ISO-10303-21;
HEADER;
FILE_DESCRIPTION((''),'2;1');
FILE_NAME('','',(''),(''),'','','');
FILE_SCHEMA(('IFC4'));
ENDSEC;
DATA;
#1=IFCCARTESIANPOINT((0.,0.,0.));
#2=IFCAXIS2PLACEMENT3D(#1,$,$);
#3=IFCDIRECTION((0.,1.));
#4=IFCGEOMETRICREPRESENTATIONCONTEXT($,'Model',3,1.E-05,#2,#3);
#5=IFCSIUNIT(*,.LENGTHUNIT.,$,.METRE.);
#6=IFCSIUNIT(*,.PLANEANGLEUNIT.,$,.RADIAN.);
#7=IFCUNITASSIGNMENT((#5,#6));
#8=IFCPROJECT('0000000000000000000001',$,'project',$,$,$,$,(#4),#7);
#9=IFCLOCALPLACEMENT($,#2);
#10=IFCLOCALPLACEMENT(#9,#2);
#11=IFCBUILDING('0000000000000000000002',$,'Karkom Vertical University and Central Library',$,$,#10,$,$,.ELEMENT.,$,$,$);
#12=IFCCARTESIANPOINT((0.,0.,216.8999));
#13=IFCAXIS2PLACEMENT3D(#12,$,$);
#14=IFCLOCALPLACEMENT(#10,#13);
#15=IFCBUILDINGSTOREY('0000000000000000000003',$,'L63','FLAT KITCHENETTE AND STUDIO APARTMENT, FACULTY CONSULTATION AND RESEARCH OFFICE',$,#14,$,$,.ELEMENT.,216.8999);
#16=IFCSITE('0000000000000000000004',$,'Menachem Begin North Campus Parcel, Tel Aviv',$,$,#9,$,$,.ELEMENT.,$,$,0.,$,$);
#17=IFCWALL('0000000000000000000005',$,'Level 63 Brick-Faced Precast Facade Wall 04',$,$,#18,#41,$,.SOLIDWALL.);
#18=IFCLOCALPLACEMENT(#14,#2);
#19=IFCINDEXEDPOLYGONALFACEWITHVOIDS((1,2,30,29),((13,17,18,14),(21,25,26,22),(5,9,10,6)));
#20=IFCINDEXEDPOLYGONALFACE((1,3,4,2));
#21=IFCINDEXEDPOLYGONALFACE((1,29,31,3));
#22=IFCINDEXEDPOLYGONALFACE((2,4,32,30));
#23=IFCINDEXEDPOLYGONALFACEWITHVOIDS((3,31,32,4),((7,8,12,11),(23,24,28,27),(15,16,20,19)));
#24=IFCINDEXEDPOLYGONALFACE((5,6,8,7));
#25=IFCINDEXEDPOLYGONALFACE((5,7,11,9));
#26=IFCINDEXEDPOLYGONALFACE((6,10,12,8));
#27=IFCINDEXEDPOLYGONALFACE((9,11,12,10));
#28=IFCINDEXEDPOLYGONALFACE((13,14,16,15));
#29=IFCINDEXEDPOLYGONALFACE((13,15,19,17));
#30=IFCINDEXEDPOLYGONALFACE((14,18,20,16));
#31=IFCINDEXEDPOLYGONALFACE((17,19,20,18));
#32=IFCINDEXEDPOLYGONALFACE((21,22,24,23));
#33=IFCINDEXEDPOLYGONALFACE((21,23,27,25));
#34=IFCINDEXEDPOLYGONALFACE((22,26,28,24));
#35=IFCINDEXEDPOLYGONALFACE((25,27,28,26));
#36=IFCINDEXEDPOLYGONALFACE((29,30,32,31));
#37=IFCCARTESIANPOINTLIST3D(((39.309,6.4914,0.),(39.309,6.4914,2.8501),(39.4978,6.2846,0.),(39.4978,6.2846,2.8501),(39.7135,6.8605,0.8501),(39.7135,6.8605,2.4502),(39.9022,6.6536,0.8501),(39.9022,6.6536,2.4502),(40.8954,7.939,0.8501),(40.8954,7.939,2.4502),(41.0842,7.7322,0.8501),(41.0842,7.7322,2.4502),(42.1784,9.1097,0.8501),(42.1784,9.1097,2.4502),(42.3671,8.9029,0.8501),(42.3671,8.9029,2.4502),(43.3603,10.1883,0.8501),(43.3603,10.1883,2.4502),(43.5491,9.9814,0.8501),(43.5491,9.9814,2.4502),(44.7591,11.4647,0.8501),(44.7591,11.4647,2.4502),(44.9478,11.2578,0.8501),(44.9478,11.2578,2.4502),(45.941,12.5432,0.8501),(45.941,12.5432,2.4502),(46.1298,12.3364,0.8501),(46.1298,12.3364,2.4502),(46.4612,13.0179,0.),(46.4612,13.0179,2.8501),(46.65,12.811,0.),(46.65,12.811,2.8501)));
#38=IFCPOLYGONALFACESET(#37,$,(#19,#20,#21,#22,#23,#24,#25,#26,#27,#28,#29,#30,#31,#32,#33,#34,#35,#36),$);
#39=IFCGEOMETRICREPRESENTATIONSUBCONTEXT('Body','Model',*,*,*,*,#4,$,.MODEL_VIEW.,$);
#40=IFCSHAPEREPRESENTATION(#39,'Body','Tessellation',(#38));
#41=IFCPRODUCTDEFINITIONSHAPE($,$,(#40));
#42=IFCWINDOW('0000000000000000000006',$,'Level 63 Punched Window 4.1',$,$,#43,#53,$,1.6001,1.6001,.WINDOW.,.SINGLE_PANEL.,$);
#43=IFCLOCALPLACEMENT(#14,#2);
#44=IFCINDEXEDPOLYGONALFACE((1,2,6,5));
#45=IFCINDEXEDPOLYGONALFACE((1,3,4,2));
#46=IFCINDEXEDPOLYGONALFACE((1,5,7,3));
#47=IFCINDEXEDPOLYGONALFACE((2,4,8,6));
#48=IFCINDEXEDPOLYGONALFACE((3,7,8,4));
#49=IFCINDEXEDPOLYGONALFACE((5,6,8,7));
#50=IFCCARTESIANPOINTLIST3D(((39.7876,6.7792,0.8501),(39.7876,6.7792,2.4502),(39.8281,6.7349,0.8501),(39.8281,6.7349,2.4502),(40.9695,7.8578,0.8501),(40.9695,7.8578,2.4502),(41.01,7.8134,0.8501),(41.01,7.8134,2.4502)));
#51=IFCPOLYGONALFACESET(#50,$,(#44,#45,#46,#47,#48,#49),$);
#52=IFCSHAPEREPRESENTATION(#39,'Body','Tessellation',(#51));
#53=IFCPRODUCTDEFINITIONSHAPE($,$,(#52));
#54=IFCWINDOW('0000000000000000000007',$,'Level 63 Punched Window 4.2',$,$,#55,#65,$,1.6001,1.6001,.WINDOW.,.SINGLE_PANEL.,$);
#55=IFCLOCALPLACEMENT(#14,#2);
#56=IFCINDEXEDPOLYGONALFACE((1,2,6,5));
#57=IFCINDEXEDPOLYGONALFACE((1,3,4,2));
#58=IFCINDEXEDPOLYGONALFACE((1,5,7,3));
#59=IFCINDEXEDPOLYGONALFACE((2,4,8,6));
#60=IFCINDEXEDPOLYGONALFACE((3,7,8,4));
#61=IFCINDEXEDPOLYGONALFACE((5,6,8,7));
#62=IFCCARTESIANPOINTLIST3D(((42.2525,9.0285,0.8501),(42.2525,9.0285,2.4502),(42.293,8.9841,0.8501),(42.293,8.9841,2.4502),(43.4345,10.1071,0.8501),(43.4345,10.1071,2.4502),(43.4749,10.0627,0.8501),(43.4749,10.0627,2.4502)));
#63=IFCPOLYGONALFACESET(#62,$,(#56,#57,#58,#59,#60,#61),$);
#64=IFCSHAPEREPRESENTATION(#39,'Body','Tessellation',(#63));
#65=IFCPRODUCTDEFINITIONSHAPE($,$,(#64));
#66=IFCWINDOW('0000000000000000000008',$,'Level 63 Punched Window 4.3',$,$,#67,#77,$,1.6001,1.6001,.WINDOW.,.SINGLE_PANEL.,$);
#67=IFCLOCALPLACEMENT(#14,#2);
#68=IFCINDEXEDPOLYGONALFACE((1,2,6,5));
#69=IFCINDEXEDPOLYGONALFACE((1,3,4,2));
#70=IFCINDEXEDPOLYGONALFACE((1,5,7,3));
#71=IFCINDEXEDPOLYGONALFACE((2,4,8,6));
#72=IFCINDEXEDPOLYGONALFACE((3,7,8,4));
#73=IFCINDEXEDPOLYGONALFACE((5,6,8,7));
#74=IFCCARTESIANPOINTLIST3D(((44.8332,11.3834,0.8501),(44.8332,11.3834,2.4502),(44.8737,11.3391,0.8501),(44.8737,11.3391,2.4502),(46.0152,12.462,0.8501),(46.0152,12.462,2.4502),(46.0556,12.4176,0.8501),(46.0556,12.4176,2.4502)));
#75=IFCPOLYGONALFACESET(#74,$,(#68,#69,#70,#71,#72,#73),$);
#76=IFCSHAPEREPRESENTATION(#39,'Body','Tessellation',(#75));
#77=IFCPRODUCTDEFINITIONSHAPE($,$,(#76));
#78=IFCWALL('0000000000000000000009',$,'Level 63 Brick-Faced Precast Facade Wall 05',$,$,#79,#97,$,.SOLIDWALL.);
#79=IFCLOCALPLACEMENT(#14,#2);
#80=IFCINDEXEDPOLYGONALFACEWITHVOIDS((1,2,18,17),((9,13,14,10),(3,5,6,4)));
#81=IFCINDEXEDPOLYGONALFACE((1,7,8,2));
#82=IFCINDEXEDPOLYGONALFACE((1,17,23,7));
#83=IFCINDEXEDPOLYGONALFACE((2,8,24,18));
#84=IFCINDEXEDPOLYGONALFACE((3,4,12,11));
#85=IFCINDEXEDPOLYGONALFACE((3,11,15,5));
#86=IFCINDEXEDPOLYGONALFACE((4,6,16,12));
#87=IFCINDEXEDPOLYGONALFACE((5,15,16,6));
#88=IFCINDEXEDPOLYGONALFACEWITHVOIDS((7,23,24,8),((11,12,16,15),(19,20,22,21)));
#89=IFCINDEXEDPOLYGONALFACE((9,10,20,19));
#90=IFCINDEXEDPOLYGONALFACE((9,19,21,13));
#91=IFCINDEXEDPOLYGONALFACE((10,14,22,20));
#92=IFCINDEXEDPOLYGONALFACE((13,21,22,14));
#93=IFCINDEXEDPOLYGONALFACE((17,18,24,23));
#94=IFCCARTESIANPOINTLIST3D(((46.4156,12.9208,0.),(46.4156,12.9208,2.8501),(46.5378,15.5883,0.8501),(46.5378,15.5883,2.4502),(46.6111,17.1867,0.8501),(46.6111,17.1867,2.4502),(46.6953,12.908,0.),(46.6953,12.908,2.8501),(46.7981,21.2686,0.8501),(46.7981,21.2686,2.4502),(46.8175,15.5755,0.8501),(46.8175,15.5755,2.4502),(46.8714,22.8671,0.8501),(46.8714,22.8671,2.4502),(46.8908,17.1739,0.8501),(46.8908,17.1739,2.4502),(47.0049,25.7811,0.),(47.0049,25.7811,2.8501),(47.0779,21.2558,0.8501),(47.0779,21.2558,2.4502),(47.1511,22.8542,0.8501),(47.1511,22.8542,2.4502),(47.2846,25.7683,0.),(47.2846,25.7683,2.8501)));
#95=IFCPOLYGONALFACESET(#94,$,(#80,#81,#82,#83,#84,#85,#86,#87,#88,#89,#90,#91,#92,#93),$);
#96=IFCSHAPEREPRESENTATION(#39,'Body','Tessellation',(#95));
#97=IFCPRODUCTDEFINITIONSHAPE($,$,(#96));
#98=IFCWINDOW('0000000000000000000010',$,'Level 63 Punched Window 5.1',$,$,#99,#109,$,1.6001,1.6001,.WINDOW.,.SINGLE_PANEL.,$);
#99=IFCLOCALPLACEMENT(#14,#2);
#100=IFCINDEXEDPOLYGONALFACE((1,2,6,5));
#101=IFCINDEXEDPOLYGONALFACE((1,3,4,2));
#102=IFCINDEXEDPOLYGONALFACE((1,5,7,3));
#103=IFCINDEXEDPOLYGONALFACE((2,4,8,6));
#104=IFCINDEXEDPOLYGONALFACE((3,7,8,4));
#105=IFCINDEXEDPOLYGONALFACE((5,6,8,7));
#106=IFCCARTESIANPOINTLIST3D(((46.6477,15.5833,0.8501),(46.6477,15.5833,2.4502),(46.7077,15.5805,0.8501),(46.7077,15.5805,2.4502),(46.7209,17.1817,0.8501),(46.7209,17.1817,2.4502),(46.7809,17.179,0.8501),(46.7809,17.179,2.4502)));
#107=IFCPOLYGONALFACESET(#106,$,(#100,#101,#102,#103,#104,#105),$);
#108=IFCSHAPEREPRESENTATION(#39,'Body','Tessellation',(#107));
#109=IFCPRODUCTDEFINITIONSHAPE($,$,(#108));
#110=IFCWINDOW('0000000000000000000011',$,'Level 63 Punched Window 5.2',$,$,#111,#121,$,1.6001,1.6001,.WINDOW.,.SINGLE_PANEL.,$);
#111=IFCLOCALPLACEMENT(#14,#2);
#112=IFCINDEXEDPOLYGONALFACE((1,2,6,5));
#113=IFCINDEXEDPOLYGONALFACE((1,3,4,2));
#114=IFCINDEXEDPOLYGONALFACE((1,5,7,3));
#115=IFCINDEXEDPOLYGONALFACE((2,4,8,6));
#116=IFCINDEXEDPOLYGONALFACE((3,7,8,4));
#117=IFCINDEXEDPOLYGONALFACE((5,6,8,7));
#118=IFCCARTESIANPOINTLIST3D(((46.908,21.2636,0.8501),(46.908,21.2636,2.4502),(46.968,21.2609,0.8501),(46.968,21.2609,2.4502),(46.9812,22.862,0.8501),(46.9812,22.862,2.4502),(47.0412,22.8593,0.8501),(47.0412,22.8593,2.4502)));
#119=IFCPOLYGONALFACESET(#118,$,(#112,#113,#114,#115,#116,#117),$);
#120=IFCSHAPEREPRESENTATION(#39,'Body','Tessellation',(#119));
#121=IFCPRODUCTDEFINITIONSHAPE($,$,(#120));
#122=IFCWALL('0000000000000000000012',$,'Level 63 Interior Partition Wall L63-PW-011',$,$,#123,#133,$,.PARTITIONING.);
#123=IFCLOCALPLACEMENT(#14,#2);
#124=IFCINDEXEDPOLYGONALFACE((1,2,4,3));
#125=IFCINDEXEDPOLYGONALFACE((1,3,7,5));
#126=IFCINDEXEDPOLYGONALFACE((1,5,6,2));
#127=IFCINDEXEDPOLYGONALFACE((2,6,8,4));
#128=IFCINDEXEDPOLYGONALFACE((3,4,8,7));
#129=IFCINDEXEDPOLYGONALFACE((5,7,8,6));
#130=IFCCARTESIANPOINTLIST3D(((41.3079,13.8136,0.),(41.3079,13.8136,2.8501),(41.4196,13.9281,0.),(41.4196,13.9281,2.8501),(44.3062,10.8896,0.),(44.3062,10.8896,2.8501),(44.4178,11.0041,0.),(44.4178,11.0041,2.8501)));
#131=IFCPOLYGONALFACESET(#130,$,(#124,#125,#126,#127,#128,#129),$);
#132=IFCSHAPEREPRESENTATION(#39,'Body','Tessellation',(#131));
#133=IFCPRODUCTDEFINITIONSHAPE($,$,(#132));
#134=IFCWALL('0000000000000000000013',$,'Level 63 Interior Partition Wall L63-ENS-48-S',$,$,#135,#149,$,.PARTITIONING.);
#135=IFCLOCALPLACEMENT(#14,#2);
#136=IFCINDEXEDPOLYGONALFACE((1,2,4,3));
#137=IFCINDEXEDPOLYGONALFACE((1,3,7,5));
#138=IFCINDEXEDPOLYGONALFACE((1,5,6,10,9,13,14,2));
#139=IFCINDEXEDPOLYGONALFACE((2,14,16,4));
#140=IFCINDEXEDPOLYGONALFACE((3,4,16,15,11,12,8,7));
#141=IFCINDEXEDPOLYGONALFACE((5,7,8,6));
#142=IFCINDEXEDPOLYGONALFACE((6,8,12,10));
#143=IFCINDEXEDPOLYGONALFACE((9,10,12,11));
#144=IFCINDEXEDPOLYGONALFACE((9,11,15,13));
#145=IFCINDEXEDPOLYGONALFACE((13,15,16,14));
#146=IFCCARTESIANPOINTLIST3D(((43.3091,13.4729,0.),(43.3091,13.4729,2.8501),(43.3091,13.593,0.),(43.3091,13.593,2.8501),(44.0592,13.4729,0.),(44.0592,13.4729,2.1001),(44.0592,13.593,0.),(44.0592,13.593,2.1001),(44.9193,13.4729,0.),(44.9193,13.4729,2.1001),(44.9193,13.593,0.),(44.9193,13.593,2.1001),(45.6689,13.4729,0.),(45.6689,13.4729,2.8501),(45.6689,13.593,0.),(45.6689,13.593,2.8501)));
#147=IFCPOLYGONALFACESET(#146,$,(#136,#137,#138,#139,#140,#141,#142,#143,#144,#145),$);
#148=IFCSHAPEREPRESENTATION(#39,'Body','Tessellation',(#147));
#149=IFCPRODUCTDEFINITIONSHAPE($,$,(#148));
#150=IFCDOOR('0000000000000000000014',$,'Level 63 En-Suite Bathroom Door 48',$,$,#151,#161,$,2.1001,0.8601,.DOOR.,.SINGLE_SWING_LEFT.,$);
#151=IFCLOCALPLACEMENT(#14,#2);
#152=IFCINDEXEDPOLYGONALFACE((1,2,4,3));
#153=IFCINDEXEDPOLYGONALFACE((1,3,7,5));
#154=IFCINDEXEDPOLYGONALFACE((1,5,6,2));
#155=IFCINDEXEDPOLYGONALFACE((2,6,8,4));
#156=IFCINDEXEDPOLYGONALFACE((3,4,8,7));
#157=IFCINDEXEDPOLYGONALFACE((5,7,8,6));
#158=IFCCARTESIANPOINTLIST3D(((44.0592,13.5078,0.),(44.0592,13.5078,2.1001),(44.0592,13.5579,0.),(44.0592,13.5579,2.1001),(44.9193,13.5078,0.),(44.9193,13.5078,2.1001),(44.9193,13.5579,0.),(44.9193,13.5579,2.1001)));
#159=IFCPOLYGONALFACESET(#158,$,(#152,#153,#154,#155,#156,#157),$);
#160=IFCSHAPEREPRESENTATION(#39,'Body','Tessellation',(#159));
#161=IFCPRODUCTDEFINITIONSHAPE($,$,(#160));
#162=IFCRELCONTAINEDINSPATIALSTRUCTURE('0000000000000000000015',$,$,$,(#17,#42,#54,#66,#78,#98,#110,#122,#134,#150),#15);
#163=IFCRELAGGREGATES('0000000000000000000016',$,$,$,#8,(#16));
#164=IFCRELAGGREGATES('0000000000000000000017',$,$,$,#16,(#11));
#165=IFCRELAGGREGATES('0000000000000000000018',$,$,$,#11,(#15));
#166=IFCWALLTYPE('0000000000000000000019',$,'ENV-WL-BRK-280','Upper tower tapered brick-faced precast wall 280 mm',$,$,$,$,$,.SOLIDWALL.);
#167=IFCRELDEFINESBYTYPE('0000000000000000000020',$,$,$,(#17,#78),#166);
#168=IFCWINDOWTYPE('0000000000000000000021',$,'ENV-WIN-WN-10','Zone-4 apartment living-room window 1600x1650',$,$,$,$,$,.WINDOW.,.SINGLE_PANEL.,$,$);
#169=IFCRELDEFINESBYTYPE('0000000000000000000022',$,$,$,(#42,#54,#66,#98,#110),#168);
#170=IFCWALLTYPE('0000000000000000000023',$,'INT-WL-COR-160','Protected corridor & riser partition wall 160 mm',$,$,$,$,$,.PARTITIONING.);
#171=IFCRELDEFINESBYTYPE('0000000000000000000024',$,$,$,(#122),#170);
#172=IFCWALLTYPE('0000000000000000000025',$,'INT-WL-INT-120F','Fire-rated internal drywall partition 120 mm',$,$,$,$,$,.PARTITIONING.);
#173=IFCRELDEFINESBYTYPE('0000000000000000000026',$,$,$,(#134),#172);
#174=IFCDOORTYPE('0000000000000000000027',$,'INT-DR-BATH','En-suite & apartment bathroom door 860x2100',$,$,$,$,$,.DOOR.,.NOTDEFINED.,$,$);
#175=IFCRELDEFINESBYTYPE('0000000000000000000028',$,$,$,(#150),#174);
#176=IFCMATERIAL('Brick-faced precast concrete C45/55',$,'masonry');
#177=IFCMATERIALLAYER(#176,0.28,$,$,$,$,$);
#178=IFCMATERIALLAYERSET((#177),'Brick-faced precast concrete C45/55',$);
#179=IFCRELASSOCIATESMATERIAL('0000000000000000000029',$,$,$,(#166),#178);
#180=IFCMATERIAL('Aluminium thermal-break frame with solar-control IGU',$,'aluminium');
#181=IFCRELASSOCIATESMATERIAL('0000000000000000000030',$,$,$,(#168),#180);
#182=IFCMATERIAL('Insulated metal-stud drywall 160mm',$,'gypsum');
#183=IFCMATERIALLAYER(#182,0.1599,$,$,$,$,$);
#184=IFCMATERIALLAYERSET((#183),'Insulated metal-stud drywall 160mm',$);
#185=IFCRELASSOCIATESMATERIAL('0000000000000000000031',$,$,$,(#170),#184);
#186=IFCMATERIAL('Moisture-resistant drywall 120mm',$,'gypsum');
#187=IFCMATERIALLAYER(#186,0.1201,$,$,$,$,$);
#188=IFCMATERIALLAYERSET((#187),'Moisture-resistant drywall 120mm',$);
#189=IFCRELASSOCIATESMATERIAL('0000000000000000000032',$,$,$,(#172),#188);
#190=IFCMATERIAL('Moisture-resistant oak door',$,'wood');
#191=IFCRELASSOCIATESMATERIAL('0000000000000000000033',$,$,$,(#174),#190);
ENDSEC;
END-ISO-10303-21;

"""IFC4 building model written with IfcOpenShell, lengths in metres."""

from ifc_helpers import new_model, si_unit, direction, frame, frame_2d, origin, origin_with_axes, place, context, subcontext, project, spatial, rectangle, extrude, source, transform, mapped, material, layer, layer_set, type_object, element, fill, save


model = new_model("IFC4")

# Units and contexts
model_context = context("Model", 3, precision=1e-05, world=origin(), true_north=direction((0.0, 1.0)))
body_context = subcontext(model_context, "Body", "Model", "MODEL_VIEW")
ifc_project = project(units=[si_unit("LENGTHUNIT", "METRE"), si_unit("PLANEANGLEUNIT", "RADIAN")], contexts=[model_context])

# Site, building, storey
site_placement = place(None, origin())
site = spatial("IfcSite", under=ifc_project, at=site_placement, Name="Menachem Begin North Campus Parcel, Tel Aviv", CompositionType="ELEMENT", RefElevation=0.0)
building_placement = place(site_placement, origin())
building = spatial("IfcBuilding", under=site, at=building_placement, Name="Karkom Vertical University and Central Library", CompositionType="ELEMENT")
storey_placement = place(building_placement, frame((0.0, 0.0, 216.8999)))
storey = spatial("IfcBuildingStorey", under=building, at=storey_placement, Name="L63", Description="FLAT KITCHENETTE AND STUDIO APARTMENT, FACULTY CONSULTATION AND RESEARCH OFFICE", CompositionType="ELEMENT", Elevation=216.8999)

# Walls, openings, windows
ifc_material_1 = material(Name="Brick-faced precast concrete C45/55", Category="masonry")
ifc_layer_1 = layer(ifc_material_1, 0.28)
ifc_layer_set_1 = layer_set([ifc_layer_1], Name="Brick-faced precast concrete C45/55")
wall_type_1 = type_object("IfcWallType", Name="ENV-WL-BRK-280", Description="Upper tower tapered brick-faced precast wall 280 mm", PredefinedType="SOLIDWALL", material=ifc_layer_set_1)
wall_1_placement = place(storey_placement, frame((39.4033, 6.3879, 0.0), z_axis=(0.0, 0.0, 1.0), x_axis=(0.738681, 0.674055, 0.0)))
wall_1 = element("IfcWall", 1, at=wall_1_placement, inside=storey, type_object=wall_type_1, Name="Level 63 Brick-Faced Precast Facade Wall 04", PredefinedType="SOLIDWALL", context=body_context, shape_type="SweptSolid", body=[
    extrude(rectangle(XDim=9.6824, YDim=0.28, at=frame_2d((4.8413, 0.0))), origin(), (0.0, 0.0, 1.0), 2.8501),
])
opening_1_placement = place(wall_1_placement, frame((0.5476, 0.0, 0.8501)))
opening_1 = element("IfcOpeningElement", 2, at=opening_1_placement, cuts=wall_1, PredefinedType="OPENING", context=body_context, shape_type="SweptSolid", body=[
    extrude(rectangle(XDim=1.6001, YDim=1.6001, at=frame_2d((0.8, 0.8))), frame((0.0, 0.1499, 0.0), z_axis=(0.0, -1.0, 0.0), x_axis=(1.0, 0.0, 0.0)), (0.0, 0.0, 1.0), 0.3),
])
opening_2_placement = place(wall_1_placement, frame((3.8845, 0.0, 0.8501)))
opening_2 = element("IfcOpeningElement", 3, at=opening_2_placement, cuts=wall_1, PredefinedType="OPENING", context=body_context, shape_type="SweptSolid", body=[
    extrude(rectangle(XDim=1.6001, YDim=1.6001, at=frame_2d((0.8, 0.8))), frame((0.0, 0.1499, 0.0), z_axis=(0.0, -1.0, 0.0), x_axis=(1.0, 0.0, 0.0)), (0.0, 0.0, 1.0), 0.3),
])
opening_3_placement = place(wall_1_placement, frame((7.3782, 0.0, 0.8501)))
opening_3 = element("IfcOpeningElement", 4, at=opening_3_placement, cuts=wall_1, PredefinedType="OPENING", context=body_context, shape_type="SweptSolid", body=[
    extrude(rectangle(XDim=1.6001, YDim=1.6001, at=frame_2d((0.8, 0.8))), frame((0.0, 0.1499, 0.0), z_axis=(0.0, -1.0, 0.0), x_axis=(1.0, 0.0, 0.0)), (0.0, 0.0, 1.0), 0.3),
])
ifc_material_2 = material(Name="Aluminium thermal-break frame with solar-control IGU", Category="aluminium")
window_type = type_object("IfcWindowType", Name="ENV-WIN-WN-10", Description="Zone-4 apartment living-room window 1600x1650", PartitioningType="SINGLE_PANEL", PredefinedType="WINDOW", material=ifc_material_2)
shared_shape_1 = source(origin_with_axes(), body_context, "Body", "SweptSolid", [
    extrude(rectangle(XDim=1.6001, YDim=1.6001, at=frame_2d((0.8, 0.8))), frame((0.0, 0.03, 0.0), z_axis=(0.0, -1.0, 0.0), x_axis=(1.0, 0.0, 0.0)), (0.0, 0.0, 1.0), 0.0601),
])
window_1_placement = place(opening_1_placement, origin())
window_1 = element("IfcWindow", 5, at=window_1_placement, inside=storey, type_object=window_type, Name="Level 63 Punched Window 4.1", OverallHeight=1.6001, OverallWidth=1.6001, PartitioningType="SINGLE_PANEL", PredefinedType="WINDOW", context=body_context, shape_type="MappedRepresentation", body=[
    mapped(shared_shape_1, transform((0.0, 0.0, 0.0), scale=1.0)),
])
fill(opening_1, window_1)
window_2_placement = place(opening_2_placement, origin())
window_2 = element("IfcWindow", 6, at=window_2_placement, inside=storey, type_object=window_type, Name="Level 63 Punched Window 4.2", OverallHeight=1.6001, OverallWidth=1.6001, PartitioningType="SINGLE_PANEL", PredefinedType="WINDOW", context=body_context, shape_type="MappedRepresentation", body=[
    mapped(shared_shape_1, transform((0.0, 0.0, 0.0), scale=1.0)),
])
fill(opening_2, window_2)
window_3_placement = place(opening_3_placement, origin())
window_3 = element("IfcWindow", 7, at=window_3_placement, inside=storey, type_object=window_type, Name="Level 63 Punched Window 4.3", OverallHeight=1.6001, OverallWidth=1.6001, PartitioningType="SINGLE_PANEL", PredefinedType="WINDOW", context=body_context, shape_type="MappedRepresentation", body=[
    mapped(shared_shape_1, transform((0.0, 0.0, 0.0), scale=1.0)),
])
fill(opening_3, window_3)
wall_2_placement = place(storey_placement, frame((46.5554, 12.9143, 0.0), z_axis=(0.0, 0.0, 1.0), x_axis=(0.045779, 0.998952, 0.0)))
wall_2 = element("IfcWall", 8, at=wall_2_placement, inside=storey, type_object=wall_type_1, Name="Level 63 Brick-Faced Precast Facade Wall 05", PredefinedType="SOLIDWALL", context=body_context, shape_type="SweptSolid", body=[
    extrude(rectangle(XDim=12.8738, YDim=0.28, at=frame_2d((6.437, 0.0))), origin(), (0.0, 0.0, 1.0), 2.8501),
])
opening_4_placement = place(wall_2_placement, frame((2.6704, 0.0, 0.8501)))
opening_4 = element("IfcOpeningElement", 9, at=opening_4_placement, cuts=wall_2, PredefinedType="OPENING", context=body_context, shape_type="SweptSolid", body=[
    extrude(rectangle(XDim=1.6001, YDim=1.6001, at=frame_2d((0.8, 0.8))), frame((0.0, 0.1499, 0.0), z_axis=(0.0, -1.0, 0.0), x_axis=(1.0, 0.0, 0.0)), (0.0, 0.0, 1.0), 0.3),
])
opening_5_placement = place(wall_2_placement, frame((8.3567, 0.0, 0.8501)))
opening_5 = element("IfcOpeningElement", 10, at=opening_5_placement, cuts=wall_2, PredefinedType="OPENING", context=body_context, shape_type="SweptSolid", body=[
    extrude(rectangle(XDim=1.6001, YDim=1.6001, at=frame_2d((0.8, 0.8))), frame((0.0, 0.1499, 0.0), z_axis=(0.0, -1.0, 0.0), x_axis=(1.0, 0.0, 0.0)), (0.0, 0.0, 1.0), 0.3),
])
window_4_placement = place(opening_4_placement, origin())
window_4 = element("IfcWindow", 11, at=window_4_placement, inside=storey, type_object=window_type, Name="Level 63 Punched Window 5.1", OverallHeight=1.6001, OverallWidth=1.6001, PartitioningType="SINGLE_PANEL", PredefinedType="WINDOW", context=body_context, shape_type="MappedRepresentation", body=[
    mapped(shared_shape_1, transform((0.0, 0.0, 0.0), scale=1.0)),
])
fill(opening_4, window_4)
window_5_placement = place(opening_5_placement, origin())
window_5 = element("IfcWindow", 12, at=window_5_placement, inside=storey, type_object=window_type, Name="Level 63 Punched Window 5.2", OverallHeight=1.6001, OverallWidth=1.6001, PartitioningType="SINGLE_PANEL", PredefinedType="WINDOW", context=body_context, shape_type="MappedRepresentation", body=[
    mapped(shared_shape_1, transform((0.0, 0.0, 0.0), scale=1.0)),
])
fill(opening_5, window_5)

# Shared definitions
ifc_material_3 = material(Name="Insulated metal-stud drywall 160mm", Category="gypsum")
ifc_layer_2 = layer(ifc_material_3, 0.1599)
ifc_layer_set_2 = layer_set([ifc_layer_2], Name="Insulated metal-stud drywall 160mm")
wall_type_2 = type_object("IfcWallType", Name="INT-WL-COR-160", Description="Protected corridor & riser partition wall 160 mm", PredefinedType="PARTITIONING", material=ifc_layer_set_2)

# Wall
wall_3_placement = place(storey_placement, frame((41.3638, 13.8708, 0.0), z_axis=(0.0, 0.0, 1.0), x_axis=(0.715912, -0.698191, 0.0)))
element("IfcWall", 13, at=wall_3_placement, inside=storey, type_object=wall_type_2, Name="Level 63 Interior Partition Wall L63-PW-011", PredefinedType="PARTITIONING", context=body_context, shape_type="SweptSolid", body=[
    extrude(rectangle(XDim=4.188, YDim=0.1599, at=frame_2d((2.094, 0.0))), origin(), (0.0, 0.0, 1.0), 2.8501),
])

# Wall, opening, door
ifc_material_4 = material(Name="Moisture-resistant drywall 120mm", Category="gypsum")
ifc_layer_3 = layer(ifc_material_4, 0.1201)
ifc_layer_set_3 = layer_set([ifc_layer_3], Name="Moisture-resistant drywall 120mm")
wall_type_3 = type_object("IfcWallType", Name="INT-WL-INT-120F", Description="Fire-rated internal drywall partition 120 mm", PredefinedType="PARTITIONING", material=ifc_layer_set_3)
wall_4_placement = place(storey_placement, frame((43.3091, 13.533, 0.0), z_axis=(0.0, 0.0, 1.0), x_axis=(1.0, 0.0, 0.0)))
wall_4 = element("IfcWall", 14, at=wall_4_placement, inside=storey, type_object=wall_type_3, Name="Level 63 Interior Partition Wall L63-ENS-48-S", PredefinedType="PARTITIONING", context=body_context, shape_type="SweptSolid", body=[
    extrude(rectangle(XDim=2.3599, YDim=0.1201, at=frame_2d((1.1799, 0.0))), origin(), (0.0, 0.0, 1.0), 2.8501),
])
opening_6_placement = place(wall_4_placement, frame((0.75, 0.0, 0.0)))
opening_6 = element("IfcOpeningElement", 15, at=opening_6_placement, cuts=wall_4, PredefinedType="OPENING", context=body_context, shape_type="SweptSolid", body=[
    extrude(rectangle(XDim=0.8601, YDim=2.1001, at=frame_2d((0.4302, 1.05))), frame((0.0, 0.0701, 0.0), z_axis=(0.0, -1.0, 0.0), x_axis=(1.0, 0.0, 0.0)), (0.0, 0.0, 1.0), 0.1401),
])
ifc_material_5 = material(Name="Moisture-resistant oak door", Category="wood")
door_type_1 = type_object("IfcDoorType", Name="INT-DR-BATH", Description="En-suite & apartment bathroom door 860x2100", OperationType="NOTDEFINED", PredefinedType="DOOR", material=ifc_material_5)
shared_shape_2 = source(origin_with_axes(), body_context, "Body", "SweptSolid", [
    extrude(rectangle(XDim=0.8601, YDim=2.1001, at=frame_2d((0.4302, 1.05))), frame((0.0, 0.0249, 0.0), z_axis=(0.0, -1.0, 0.0), x_axis=(1.0, 0.0, 0.0)), (0.0, 0.0, 1.0), 0.05),
])
door_1_placement = place(opening_6_placement, origin())
door_1 = element("IfcDoor", 16, at=door_1_placement, inside=storey, type_object=door_type_1, Name="Level 63 En-Suite Bathroom Door 48", OperationType="SINGLE_SWING_LEFT", OverallHeight=2.1001, OverallWidth=0.8601, PredefinedType="DOOR", context=body_context, shape_type="MappedRepresentation", body=[
    mapped(shared_shape_2, transform((0.0, 0.0, 0.0), scale=1.0)),
])
fill(opening_6, door_1)

save(model, "model.ifc")
